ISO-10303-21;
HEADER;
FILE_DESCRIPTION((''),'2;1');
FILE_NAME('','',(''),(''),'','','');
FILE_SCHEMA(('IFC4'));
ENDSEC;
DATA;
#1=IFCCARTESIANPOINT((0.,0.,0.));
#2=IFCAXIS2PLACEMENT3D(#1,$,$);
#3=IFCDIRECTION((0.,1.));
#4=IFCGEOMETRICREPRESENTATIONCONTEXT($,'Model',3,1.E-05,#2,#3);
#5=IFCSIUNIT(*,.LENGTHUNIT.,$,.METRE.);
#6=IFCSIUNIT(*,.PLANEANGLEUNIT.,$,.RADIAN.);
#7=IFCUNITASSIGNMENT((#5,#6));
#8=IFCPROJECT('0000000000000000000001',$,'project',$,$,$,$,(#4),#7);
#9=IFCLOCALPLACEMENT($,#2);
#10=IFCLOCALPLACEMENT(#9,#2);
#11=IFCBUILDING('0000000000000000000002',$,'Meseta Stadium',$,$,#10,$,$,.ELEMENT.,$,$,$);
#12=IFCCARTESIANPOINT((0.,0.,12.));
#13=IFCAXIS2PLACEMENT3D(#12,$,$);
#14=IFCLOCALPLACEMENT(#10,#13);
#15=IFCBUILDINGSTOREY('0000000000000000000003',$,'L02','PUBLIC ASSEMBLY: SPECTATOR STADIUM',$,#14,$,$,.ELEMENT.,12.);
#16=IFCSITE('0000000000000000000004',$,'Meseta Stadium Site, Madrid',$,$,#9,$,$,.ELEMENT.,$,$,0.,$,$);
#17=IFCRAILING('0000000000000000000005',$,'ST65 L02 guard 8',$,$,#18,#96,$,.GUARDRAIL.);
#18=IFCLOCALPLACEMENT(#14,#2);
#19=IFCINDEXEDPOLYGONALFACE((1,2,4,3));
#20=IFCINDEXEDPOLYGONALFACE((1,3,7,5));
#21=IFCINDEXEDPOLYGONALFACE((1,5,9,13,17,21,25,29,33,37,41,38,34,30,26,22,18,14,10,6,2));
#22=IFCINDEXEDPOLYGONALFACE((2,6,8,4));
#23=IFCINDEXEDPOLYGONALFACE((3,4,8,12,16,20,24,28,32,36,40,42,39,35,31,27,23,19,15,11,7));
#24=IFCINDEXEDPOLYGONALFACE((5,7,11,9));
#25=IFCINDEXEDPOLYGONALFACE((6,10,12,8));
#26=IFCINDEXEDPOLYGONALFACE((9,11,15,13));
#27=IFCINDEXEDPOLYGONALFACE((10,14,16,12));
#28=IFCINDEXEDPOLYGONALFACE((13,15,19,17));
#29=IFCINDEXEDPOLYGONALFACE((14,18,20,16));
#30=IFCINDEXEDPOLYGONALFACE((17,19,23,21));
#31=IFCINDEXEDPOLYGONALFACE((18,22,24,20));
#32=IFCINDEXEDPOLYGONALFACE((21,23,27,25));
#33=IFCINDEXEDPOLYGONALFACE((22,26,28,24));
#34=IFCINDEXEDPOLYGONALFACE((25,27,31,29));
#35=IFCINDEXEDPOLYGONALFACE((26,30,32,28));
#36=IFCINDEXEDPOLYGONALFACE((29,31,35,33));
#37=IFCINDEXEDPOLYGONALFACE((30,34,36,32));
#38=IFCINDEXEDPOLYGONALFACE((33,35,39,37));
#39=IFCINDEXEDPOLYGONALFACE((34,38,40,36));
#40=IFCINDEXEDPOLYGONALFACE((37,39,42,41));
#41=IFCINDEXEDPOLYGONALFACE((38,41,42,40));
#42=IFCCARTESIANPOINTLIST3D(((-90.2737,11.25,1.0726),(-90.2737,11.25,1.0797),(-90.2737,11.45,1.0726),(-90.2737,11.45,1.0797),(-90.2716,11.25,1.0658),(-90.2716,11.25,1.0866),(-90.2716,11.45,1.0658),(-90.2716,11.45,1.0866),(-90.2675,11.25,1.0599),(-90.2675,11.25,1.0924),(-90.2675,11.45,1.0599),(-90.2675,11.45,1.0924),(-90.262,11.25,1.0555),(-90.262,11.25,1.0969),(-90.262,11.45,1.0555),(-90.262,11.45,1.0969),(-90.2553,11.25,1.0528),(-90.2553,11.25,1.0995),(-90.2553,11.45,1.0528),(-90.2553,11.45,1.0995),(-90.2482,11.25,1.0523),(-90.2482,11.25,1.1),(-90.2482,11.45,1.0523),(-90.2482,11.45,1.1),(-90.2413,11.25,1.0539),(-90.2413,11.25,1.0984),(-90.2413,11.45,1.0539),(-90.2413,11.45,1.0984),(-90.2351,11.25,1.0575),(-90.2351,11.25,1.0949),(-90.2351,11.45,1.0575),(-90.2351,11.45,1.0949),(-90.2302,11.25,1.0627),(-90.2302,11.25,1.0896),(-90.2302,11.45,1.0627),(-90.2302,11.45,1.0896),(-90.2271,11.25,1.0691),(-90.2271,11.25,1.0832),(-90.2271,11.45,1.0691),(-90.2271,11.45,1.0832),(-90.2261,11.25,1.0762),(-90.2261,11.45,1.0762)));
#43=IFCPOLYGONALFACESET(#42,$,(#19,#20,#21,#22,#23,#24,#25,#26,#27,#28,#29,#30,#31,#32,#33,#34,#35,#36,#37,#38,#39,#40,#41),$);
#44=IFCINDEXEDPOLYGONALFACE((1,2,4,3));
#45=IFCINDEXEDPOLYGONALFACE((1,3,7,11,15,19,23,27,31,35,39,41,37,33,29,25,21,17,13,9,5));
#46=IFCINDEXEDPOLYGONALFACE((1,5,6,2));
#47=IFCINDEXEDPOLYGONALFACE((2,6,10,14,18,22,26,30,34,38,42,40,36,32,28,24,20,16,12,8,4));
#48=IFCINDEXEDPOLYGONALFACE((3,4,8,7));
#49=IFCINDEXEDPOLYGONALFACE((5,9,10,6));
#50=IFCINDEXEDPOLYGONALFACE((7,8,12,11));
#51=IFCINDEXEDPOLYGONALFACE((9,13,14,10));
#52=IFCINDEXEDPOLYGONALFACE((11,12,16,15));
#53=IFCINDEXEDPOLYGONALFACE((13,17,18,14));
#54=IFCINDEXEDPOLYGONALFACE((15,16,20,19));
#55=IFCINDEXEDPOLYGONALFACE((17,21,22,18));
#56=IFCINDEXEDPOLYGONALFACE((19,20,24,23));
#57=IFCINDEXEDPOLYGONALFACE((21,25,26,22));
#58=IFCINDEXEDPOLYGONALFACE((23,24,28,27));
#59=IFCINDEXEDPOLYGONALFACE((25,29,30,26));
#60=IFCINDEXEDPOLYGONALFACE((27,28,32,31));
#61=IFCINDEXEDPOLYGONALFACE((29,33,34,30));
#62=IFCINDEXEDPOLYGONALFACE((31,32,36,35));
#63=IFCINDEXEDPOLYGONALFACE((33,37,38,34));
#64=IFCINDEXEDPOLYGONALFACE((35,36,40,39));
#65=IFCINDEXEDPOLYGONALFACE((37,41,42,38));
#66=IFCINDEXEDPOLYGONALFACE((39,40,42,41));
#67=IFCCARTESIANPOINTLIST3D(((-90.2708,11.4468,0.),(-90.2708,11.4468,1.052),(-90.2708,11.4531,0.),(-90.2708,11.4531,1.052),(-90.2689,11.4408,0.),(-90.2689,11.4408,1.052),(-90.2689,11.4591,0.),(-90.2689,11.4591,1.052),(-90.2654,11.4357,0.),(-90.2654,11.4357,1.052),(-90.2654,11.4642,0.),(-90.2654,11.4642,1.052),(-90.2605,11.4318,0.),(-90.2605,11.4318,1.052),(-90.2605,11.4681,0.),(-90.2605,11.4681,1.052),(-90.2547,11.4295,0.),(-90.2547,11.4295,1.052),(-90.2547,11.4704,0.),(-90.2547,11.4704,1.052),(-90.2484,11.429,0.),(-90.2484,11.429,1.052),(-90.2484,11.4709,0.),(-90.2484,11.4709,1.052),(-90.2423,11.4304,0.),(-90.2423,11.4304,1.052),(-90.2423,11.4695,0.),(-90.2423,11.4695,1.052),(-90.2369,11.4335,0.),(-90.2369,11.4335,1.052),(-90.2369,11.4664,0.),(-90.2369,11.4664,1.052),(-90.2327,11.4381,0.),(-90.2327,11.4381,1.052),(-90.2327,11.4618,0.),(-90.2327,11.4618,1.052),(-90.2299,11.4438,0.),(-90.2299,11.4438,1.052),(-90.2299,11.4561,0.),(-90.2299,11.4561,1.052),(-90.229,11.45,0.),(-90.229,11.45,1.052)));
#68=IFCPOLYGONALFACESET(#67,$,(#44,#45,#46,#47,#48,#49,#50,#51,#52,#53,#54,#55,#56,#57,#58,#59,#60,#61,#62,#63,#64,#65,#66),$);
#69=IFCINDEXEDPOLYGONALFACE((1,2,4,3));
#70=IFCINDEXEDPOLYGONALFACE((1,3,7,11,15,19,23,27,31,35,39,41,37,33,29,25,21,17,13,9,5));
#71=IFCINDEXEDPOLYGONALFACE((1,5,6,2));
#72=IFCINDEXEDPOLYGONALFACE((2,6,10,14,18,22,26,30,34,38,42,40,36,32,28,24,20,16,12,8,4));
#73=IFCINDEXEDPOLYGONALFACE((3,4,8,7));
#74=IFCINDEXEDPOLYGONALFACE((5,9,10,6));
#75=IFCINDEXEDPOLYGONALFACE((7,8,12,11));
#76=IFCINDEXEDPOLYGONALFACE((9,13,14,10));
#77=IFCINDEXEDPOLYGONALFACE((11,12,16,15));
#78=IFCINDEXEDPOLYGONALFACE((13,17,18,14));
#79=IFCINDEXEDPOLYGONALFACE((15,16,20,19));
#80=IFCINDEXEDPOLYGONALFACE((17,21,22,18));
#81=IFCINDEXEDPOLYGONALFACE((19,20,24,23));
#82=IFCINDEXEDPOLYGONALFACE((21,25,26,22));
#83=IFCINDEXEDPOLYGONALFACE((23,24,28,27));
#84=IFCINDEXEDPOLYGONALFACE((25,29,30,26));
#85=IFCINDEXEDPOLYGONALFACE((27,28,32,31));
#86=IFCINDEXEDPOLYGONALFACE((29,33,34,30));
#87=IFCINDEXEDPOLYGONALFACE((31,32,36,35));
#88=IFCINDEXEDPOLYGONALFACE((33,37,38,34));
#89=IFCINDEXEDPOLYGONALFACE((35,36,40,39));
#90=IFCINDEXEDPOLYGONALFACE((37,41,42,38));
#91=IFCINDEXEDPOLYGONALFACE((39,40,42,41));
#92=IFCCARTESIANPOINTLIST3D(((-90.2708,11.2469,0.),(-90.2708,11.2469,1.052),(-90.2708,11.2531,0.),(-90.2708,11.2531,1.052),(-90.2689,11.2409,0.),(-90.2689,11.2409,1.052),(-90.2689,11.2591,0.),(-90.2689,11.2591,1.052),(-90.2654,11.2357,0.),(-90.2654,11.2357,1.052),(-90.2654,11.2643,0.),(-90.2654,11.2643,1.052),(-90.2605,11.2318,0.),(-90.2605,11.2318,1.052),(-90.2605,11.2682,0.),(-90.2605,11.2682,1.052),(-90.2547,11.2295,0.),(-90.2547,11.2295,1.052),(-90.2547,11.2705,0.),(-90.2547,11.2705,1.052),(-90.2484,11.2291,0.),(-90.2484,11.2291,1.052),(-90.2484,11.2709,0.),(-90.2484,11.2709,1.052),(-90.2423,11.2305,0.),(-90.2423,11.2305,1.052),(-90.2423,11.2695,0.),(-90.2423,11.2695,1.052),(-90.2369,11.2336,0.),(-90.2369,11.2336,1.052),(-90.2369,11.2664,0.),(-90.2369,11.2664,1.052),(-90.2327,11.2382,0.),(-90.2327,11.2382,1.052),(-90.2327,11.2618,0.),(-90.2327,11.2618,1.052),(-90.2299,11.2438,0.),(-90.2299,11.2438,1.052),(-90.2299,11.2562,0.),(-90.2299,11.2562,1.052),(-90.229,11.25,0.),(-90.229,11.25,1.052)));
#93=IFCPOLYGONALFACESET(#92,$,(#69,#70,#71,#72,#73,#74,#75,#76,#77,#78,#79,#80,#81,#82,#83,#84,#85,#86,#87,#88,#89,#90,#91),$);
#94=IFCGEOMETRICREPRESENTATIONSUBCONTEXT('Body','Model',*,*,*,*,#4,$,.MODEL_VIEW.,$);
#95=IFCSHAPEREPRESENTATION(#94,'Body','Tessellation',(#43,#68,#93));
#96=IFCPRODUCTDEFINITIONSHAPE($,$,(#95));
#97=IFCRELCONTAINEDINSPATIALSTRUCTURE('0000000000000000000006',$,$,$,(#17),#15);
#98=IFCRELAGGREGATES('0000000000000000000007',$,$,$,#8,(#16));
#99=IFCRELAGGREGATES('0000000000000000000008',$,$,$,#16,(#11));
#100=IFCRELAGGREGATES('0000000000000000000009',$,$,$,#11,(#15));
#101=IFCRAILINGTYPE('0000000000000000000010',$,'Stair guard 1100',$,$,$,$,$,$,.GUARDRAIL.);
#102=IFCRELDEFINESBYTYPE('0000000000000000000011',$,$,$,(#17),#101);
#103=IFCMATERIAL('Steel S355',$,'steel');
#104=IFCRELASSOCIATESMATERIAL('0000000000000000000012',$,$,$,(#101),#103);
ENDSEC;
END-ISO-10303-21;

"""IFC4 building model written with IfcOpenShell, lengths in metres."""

from ifc_helpers import new_model, si_unit, direction, frame, origin, origin_2d, place, context, subcontext, project, spatial, circle, extrude, material, type_object, element, save


model = new_model("IFC4")

# Units and contexts
model_context = context("Model", 3, precision=1e-05, world=origin(), true_north=direction((0.0, 1.0)))
body_context = subcontext(model_context, "Body", "Model", "MODEL_VIEW")
ifc_project = project(units=[si_unit("LENGTHUNIT", "METRE"), si_unit("PLANEANGLEUNIT", "RADIAN")], contexts=[model_context])

# Site, building, storey
site_placement = place(None, origin())
site = spatial("IfcSite", under=ifc_project, at=site_placement, Name="Meseta Stadium Site, Madrid", CompositionType="ELEMENT", RefElevation=0.0)
building_placement = place(site_placement, origin())
building = spatial("IfcBuilding", under=site, at=building_placement, Name="Meseta Stadium", CompositionType="ELEMENT")
storey_placement = place(building_placement, frame((0.0, 0.0, 12.0)))
storey = spatial("IfcBuildingStorey", under=building, at=storey_placement, Name="L02", Description="PUBLIC ASSEMBLY: SPECTATOR STADIUM", CompositionType="ELEMENT", Elevation=12.0)

# Railing
ifc_material_1 = material(Name="Steel S355", Category="steel")
railing_type_1 = type_object("IfcRailingType", Name="Stair guard 1100", PredefinedType="GUARDRAIL", material=ifc_material_1)
railing_1_placement = place(storey_placement, frame((-90.25, 11.45, 0.0)))
element("IfcRailing", 1, at=railing_1_placement, inside=storey, type_object=railing_type_1, Name="ST65 L02 guard 8", PredefinedType="GUARDRAIL", context=body_context, shape_type="SweptSolid", body=[
    extrude(circle(Radius=0.0239, at=origin_2d()), frame((0.0, 0.0, 1.0762), z_axis=(0.0, -1.0, 0.0), x_axis=(1.0, 0.0, 0.0)), (0.0, 0.0, 1.0), 0.2),
    extrude(circle(Radius=0.021, at=origin_2d()), origin(), (0.0, 0.0, 1.0), 1.052),
    extrude(circle(Radius=0.021, at=origin_2d()), frame((0.0, -0.2, 0.0)), (0.0, 0.0, 1.0), 1.052),
])

save(model, "model.ifc")
